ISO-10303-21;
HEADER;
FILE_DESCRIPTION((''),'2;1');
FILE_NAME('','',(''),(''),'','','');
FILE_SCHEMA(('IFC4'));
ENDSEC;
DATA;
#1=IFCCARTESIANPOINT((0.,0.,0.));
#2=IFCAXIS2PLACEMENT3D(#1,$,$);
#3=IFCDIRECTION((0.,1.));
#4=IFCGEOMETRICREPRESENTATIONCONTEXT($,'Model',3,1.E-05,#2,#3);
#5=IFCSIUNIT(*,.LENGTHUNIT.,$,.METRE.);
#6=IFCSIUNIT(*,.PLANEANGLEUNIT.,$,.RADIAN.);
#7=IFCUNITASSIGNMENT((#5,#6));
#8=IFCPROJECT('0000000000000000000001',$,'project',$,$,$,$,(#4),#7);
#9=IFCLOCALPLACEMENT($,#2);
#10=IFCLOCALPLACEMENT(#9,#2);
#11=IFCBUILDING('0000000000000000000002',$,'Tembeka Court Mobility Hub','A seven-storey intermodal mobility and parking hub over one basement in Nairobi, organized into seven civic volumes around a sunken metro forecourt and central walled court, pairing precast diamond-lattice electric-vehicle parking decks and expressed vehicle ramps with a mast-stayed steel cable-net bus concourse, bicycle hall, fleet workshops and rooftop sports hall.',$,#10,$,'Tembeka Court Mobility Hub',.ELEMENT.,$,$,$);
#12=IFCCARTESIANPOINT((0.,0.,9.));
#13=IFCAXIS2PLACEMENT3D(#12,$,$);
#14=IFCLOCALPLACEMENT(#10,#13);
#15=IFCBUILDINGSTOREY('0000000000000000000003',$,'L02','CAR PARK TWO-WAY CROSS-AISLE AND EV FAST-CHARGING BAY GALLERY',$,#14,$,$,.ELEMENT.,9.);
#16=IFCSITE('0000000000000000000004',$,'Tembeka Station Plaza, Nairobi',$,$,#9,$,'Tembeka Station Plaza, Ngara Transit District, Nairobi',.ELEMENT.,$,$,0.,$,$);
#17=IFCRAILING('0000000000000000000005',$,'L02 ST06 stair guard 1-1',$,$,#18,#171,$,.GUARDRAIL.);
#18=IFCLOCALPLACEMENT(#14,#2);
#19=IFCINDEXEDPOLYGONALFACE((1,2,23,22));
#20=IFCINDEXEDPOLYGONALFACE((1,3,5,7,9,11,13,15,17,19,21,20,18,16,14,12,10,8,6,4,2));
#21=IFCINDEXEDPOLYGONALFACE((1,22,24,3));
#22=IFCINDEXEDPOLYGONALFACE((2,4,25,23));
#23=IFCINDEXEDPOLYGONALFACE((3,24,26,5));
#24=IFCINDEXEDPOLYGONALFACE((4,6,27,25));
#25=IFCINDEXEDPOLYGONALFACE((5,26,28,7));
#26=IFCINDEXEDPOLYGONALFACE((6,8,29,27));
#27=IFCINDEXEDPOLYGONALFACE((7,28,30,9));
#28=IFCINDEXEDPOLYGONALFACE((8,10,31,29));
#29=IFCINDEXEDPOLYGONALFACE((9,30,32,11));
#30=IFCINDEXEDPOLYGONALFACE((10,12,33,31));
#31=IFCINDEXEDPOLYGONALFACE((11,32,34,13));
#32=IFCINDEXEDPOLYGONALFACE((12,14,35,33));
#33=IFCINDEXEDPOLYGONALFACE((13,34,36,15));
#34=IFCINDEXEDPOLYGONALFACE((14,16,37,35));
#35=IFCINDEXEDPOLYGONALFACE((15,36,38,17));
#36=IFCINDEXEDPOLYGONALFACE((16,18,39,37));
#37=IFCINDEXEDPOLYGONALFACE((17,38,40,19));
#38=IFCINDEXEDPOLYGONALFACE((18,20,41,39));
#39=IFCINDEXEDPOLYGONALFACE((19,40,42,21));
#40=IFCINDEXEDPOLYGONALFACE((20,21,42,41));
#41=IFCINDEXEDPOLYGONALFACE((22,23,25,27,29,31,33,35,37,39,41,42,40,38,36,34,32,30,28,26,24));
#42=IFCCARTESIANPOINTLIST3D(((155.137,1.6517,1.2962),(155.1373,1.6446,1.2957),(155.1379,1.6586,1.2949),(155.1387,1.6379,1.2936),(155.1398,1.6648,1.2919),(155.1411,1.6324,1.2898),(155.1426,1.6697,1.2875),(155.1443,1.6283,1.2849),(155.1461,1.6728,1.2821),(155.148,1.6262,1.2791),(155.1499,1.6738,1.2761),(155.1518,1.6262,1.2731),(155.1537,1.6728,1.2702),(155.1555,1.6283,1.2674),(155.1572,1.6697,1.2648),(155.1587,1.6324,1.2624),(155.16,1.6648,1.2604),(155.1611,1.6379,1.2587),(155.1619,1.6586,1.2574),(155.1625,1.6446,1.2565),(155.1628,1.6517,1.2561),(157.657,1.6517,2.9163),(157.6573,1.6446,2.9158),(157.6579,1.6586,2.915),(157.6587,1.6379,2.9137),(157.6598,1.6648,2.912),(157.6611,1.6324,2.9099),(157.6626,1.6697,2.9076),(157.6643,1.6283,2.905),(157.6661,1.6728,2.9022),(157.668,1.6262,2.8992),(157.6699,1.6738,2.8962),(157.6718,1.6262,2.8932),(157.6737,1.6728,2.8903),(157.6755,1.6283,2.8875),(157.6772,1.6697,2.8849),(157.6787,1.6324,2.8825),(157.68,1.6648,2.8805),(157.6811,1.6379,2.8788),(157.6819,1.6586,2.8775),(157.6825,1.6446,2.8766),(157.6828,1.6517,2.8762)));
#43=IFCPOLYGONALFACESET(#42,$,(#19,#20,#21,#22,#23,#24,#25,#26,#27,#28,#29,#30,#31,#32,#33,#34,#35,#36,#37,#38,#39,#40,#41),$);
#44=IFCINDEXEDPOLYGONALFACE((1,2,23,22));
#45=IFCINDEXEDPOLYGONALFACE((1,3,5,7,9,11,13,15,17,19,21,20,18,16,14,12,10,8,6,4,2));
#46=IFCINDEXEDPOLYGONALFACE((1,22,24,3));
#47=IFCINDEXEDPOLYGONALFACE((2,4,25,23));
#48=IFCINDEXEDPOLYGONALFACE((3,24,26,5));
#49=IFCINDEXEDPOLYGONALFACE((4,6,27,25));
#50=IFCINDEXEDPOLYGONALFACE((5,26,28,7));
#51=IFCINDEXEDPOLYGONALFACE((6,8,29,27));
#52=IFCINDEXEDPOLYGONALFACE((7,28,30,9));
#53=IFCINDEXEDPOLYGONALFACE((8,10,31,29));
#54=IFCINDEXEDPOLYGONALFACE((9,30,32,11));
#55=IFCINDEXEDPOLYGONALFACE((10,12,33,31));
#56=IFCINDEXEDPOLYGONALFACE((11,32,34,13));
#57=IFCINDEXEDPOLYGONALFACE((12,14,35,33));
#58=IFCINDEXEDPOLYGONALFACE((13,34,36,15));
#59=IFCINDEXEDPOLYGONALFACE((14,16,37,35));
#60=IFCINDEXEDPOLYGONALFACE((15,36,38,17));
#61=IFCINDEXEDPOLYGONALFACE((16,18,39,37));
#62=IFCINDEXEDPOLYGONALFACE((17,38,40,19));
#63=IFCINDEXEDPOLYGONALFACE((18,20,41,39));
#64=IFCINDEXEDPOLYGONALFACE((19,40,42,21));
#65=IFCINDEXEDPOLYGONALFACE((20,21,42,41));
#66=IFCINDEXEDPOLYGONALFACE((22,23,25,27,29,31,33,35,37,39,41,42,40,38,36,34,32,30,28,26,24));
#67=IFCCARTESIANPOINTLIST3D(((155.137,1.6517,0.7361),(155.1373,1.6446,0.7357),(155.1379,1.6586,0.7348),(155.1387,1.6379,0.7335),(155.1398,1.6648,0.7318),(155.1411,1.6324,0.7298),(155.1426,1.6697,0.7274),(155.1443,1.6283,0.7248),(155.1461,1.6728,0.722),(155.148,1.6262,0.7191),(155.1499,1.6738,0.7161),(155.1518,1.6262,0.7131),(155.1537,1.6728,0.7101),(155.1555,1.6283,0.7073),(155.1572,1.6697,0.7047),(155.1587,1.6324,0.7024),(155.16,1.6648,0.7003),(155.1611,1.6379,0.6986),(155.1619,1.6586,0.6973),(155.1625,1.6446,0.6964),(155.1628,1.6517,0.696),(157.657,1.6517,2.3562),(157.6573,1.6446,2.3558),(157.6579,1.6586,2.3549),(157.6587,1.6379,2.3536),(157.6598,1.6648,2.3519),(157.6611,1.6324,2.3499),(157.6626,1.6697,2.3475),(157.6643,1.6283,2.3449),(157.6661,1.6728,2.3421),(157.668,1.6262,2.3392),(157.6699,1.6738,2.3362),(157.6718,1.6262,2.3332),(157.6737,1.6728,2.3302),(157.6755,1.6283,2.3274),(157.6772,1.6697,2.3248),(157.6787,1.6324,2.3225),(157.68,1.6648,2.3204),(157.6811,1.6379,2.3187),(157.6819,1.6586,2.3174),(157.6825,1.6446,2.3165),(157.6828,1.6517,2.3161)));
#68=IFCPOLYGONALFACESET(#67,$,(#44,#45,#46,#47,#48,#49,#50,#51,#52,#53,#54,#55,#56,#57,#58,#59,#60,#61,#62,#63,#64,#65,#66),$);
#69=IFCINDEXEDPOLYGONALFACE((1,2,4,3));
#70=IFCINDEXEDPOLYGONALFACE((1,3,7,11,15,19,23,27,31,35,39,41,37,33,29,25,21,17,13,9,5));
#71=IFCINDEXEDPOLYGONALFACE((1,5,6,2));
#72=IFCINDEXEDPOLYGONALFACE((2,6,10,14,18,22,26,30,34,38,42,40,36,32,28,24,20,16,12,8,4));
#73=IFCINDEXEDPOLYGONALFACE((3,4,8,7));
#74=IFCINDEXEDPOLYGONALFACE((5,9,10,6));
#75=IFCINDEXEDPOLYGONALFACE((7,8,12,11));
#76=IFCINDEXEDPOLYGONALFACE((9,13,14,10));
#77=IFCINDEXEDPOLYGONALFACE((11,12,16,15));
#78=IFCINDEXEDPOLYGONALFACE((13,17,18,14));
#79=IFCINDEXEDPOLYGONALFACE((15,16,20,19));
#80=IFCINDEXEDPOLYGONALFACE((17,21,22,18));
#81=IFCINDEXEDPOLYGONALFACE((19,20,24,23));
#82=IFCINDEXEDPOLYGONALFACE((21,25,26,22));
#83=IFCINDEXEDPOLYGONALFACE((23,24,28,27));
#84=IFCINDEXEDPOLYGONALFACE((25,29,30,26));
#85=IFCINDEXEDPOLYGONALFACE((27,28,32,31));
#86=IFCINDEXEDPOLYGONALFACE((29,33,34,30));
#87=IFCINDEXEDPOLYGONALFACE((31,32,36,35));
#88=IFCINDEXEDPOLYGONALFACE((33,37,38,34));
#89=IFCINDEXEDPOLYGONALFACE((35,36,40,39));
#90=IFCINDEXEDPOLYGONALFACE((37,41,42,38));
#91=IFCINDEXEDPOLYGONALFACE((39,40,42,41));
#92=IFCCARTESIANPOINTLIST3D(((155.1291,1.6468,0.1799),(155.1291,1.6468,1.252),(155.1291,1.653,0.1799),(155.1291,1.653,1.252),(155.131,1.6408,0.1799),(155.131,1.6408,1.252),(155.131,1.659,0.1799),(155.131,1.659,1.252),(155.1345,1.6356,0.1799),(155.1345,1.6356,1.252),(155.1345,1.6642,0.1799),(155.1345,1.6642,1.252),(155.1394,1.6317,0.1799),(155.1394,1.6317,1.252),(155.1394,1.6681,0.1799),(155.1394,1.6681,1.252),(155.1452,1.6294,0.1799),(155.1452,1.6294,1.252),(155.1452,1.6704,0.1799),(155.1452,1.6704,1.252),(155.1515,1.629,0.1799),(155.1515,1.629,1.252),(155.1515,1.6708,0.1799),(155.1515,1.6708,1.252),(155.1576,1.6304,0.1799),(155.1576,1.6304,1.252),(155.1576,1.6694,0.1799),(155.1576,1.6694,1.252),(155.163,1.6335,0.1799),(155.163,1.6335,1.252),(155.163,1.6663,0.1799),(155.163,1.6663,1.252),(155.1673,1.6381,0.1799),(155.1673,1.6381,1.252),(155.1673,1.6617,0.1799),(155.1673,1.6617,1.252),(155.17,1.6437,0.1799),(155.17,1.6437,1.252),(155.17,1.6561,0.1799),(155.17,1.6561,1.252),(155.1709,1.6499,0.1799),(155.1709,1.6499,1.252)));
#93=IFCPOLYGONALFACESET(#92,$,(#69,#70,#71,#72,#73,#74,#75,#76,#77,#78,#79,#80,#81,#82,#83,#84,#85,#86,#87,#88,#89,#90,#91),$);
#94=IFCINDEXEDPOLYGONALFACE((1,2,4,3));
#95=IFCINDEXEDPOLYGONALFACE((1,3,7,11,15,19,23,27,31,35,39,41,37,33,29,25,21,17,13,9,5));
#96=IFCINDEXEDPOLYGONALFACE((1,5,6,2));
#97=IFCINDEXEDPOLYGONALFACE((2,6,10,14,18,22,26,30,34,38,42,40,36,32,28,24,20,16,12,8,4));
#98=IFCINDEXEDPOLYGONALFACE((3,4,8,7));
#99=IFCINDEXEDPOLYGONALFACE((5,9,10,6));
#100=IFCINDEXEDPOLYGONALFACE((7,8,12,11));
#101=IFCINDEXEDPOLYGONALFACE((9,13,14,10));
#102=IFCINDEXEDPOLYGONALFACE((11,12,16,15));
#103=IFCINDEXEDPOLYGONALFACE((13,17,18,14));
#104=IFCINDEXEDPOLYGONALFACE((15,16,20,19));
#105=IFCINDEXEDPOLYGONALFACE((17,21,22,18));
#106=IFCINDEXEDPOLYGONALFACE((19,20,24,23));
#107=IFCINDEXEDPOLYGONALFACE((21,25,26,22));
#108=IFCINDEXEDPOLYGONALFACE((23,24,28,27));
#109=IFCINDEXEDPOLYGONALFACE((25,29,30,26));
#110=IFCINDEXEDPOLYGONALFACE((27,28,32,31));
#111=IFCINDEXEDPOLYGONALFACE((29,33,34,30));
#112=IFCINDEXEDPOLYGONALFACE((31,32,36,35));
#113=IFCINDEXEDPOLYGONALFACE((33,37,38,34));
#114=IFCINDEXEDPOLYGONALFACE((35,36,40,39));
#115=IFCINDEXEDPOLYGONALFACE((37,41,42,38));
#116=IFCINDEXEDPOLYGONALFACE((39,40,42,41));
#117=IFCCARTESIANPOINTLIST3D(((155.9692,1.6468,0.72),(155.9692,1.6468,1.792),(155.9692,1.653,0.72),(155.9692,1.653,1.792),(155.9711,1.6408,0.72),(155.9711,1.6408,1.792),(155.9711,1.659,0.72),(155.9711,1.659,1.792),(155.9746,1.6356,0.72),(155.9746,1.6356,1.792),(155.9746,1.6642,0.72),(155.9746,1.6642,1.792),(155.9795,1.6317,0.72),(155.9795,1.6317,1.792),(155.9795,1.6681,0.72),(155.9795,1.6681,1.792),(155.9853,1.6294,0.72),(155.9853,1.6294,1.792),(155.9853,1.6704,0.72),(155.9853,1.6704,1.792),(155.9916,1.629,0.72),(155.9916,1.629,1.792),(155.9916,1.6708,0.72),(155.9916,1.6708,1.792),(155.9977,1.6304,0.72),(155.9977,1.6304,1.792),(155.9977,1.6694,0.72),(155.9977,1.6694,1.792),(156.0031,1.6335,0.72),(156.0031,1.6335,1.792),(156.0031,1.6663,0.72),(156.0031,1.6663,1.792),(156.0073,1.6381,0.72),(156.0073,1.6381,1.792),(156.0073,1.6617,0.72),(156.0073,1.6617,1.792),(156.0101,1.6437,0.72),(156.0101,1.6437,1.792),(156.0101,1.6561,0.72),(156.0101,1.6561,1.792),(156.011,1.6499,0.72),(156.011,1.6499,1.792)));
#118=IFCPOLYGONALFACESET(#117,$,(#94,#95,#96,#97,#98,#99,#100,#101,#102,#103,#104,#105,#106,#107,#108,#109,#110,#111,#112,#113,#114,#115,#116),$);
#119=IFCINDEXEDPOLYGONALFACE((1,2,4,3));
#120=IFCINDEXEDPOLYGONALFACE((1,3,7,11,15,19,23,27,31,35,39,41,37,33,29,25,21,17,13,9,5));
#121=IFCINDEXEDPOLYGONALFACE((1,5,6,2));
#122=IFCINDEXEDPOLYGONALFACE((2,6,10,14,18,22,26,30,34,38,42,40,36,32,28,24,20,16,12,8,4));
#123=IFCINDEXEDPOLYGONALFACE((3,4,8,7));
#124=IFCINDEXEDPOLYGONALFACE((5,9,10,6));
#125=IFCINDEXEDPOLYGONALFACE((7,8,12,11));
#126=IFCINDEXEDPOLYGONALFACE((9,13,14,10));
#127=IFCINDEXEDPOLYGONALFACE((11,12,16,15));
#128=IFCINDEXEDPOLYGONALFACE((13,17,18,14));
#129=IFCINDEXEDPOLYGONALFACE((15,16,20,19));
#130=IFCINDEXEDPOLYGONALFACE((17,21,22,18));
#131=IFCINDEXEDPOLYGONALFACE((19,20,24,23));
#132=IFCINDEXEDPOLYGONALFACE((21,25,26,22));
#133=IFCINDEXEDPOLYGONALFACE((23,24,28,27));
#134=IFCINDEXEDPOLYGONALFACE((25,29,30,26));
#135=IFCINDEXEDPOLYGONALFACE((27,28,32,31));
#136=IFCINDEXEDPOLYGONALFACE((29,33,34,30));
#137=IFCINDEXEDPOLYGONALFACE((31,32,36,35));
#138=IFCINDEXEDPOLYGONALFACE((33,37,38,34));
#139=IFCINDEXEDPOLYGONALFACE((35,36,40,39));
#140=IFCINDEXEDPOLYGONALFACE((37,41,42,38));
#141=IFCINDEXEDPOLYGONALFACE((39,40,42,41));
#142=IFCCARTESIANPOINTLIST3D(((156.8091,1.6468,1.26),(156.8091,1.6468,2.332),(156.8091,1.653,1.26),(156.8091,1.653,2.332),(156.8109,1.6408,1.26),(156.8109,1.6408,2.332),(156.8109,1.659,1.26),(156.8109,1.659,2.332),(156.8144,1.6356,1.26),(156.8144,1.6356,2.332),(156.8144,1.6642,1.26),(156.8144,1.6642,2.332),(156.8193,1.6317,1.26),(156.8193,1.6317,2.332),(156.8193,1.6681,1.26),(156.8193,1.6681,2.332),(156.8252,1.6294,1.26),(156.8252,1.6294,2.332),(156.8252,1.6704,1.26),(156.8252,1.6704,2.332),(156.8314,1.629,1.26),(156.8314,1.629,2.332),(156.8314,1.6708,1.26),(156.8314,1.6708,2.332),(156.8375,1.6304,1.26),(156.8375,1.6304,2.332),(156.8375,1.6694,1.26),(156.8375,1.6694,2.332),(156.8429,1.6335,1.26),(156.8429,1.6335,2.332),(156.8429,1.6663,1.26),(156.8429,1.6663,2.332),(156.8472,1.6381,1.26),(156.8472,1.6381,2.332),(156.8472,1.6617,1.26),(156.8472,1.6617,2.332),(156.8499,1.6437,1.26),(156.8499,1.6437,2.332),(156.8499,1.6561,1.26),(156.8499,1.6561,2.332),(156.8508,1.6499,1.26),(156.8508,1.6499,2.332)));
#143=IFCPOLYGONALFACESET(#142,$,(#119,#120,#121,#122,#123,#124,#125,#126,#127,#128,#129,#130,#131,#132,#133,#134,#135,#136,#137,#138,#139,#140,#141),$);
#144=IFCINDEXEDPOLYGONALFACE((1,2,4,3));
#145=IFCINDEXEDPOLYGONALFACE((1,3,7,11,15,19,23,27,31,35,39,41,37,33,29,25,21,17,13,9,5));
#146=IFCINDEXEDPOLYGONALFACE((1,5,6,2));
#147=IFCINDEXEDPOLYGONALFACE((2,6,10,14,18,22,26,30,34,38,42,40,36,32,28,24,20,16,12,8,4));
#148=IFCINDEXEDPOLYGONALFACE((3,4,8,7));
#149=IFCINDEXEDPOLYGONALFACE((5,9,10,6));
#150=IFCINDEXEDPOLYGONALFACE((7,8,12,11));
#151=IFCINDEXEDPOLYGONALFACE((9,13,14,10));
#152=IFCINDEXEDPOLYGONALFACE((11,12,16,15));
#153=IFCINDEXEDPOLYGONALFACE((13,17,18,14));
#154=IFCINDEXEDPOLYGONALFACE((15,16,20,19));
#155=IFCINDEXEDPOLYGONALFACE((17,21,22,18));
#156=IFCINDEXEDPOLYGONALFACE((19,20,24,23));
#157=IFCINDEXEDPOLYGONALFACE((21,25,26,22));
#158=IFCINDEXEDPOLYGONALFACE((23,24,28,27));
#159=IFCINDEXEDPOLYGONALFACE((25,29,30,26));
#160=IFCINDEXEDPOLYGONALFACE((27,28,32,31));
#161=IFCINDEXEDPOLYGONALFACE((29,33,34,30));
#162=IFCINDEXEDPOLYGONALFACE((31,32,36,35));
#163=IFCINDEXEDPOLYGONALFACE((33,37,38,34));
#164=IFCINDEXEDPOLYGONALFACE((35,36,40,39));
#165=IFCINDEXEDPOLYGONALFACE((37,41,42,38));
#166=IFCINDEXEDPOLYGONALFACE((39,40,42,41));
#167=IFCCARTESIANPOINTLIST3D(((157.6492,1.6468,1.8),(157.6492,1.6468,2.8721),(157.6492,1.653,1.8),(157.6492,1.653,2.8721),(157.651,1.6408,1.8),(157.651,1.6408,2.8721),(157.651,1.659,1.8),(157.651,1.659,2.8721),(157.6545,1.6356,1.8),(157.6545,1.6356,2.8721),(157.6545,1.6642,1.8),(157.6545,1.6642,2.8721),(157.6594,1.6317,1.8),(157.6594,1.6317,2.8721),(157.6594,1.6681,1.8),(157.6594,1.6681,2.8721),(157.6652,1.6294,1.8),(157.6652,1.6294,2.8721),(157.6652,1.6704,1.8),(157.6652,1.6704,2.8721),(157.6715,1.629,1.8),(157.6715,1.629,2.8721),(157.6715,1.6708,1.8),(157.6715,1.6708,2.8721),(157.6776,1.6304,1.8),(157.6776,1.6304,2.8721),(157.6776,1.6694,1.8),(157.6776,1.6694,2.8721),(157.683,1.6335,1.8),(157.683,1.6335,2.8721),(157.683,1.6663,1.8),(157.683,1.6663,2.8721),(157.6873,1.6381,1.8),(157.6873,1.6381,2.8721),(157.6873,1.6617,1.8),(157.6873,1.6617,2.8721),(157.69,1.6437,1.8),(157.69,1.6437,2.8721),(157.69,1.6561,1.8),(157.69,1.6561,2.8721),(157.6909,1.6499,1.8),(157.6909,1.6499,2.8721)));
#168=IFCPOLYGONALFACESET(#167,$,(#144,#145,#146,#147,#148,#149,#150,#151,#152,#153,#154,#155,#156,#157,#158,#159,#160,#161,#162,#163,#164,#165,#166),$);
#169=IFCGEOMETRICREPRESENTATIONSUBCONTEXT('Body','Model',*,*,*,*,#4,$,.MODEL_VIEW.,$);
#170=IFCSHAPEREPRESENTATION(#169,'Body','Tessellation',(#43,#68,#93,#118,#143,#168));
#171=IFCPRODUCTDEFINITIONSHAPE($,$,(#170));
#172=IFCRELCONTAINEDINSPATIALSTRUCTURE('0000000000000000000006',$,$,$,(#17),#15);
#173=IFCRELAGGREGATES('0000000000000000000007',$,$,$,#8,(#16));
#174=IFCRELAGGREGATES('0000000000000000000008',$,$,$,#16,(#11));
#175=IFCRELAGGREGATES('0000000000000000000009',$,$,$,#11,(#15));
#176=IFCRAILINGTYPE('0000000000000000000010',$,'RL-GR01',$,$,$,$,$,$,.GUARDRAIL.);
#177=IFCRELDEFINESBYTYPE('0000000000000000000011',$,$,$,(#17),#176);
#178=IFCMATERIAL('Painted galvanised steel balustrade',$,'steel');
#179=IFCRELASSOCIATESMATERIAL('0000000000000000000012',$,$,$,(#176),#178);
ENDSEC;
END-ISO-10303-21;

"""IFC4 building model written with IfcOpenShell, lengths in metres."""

from ifc_helpers import new_model, si_unit, direction, frame, origin, origin_2d, place, context, subcontext, project, spatial, circle, extrude, material, type_object, element, save


model = new_model("IFC4")

# Units and contexts
model_context = context("Model", 3, precision=1e-05, world=origin(), true_north=direction((0.0, 1.0)))
body_context = subcontext(model_context, "Body", "Model", "MODEL_VIEW")
ifc_project = project(units=[si_unit("LENGTHUNIT", "METRE"), si_unit("PLANEANGLEUNIT", "RADIAN")], contexts=[model_context])

# Site, building, storey
site_placement = place(None, origin())
site = spatial("IfcSite", under=ifc_project, at=site_placement, Name="Tembeka Station Plaza, Nairobi", LongName="Tembeka Station Plaza, Ngara Transit District, Nairobi", CompositionType="ELEMENT", RefElevation=0.0)
building_placement = place(site_placement, origin())
building = spatial("IfcBuilding", under=site, at=building_placement, Name="Tembeka Court Mobility Hub", Description="A seven-storey intermodal mobility and parking hub over one basement in Nairobi, organized into seven civic volumes around a sunken metro forecourt and central walled court, pairing precast diamond-lattice electric-vehicle parking decks and expressed vehicle ramps with a mast-stayed steel cable-net bus concourse, bicycle hall, fleet workshops and rooftop sports hall.", LongName="Tembeka Court Mobility Hub", CompositionType="ELEMENT")
storey_placement = place(building_placement, frame((0.0, 0.0, 9.0)))
storey = spatial("IfcBuildingStorey", under=building, at=storey_placement, Name="L02", Description="CAR PARK TWO-WAY CROSS-AISLE AND EV FAST-CHARGING BAY GALLERY", CompositionType="ELEMENT", Elevation=9.0)

# Railing
ifc_material_1 = material(Name="Painted galvanised steel balustrade", Category="steel")
railing_type_1 = type_object("IfcRailingType", Name="RL-GR01", PredefinedType="GUARDRAIL", material=ifc_material_1)
railing_1_placement = place(storey_placement, frame((155.1499, 1.6499, 0.1799)))
element("IfcRailing", 1, at=railing_1_placement, inside=storey, type_object=railing_type_1, Name="L02 ST06 stair guard 1-1", PredefinedType="GUARDRAIL", context=body_context, shape_type="SweptSolid", body=[
    extrude(circle(Radius=0.0239, at=origin_2d()), frame((0.0, 0.0, 1.0962), z_axis=(0.841163, 0.0, 0.540782), x_axis=(0.0, 1.0, 0.0)), (0.0, 0.0, 1.0), 2.9958),
    extrude(circle(Radius=0.0239, at=origin_2d()), frame((0.0, 0.0, 0.5361), z_axis=(0.841163, 0.0, 0.540782), x_axis=(0.0, 1.0, 0.0)), (0.0, 0.0, 1.0), 2.9958),
    extrude(circle(Radius=0.021, at=origin_2d()), origin(), (0.0, 0.0, 1.0), 1.072),
    extrude(circle(Radius=0.021, at=origin_2d()), frame((0.8401, 0.0, 0.54)), (0.0, 0.0, 1.0), 1.072),
    extrude(circle(Radius=0.021, at=origin_2d()), frame((1.6799, 0.0, 1.0801)), (0.0, 0.0, 1.0), 1.072),
    extrude(circle(Radius=0.021, at=origin_2d()), frame((2.52, 0.0, 1.6201)), (0.0, 0.0, 1.0), 1.072),
])

save(model, "model.ifc")
